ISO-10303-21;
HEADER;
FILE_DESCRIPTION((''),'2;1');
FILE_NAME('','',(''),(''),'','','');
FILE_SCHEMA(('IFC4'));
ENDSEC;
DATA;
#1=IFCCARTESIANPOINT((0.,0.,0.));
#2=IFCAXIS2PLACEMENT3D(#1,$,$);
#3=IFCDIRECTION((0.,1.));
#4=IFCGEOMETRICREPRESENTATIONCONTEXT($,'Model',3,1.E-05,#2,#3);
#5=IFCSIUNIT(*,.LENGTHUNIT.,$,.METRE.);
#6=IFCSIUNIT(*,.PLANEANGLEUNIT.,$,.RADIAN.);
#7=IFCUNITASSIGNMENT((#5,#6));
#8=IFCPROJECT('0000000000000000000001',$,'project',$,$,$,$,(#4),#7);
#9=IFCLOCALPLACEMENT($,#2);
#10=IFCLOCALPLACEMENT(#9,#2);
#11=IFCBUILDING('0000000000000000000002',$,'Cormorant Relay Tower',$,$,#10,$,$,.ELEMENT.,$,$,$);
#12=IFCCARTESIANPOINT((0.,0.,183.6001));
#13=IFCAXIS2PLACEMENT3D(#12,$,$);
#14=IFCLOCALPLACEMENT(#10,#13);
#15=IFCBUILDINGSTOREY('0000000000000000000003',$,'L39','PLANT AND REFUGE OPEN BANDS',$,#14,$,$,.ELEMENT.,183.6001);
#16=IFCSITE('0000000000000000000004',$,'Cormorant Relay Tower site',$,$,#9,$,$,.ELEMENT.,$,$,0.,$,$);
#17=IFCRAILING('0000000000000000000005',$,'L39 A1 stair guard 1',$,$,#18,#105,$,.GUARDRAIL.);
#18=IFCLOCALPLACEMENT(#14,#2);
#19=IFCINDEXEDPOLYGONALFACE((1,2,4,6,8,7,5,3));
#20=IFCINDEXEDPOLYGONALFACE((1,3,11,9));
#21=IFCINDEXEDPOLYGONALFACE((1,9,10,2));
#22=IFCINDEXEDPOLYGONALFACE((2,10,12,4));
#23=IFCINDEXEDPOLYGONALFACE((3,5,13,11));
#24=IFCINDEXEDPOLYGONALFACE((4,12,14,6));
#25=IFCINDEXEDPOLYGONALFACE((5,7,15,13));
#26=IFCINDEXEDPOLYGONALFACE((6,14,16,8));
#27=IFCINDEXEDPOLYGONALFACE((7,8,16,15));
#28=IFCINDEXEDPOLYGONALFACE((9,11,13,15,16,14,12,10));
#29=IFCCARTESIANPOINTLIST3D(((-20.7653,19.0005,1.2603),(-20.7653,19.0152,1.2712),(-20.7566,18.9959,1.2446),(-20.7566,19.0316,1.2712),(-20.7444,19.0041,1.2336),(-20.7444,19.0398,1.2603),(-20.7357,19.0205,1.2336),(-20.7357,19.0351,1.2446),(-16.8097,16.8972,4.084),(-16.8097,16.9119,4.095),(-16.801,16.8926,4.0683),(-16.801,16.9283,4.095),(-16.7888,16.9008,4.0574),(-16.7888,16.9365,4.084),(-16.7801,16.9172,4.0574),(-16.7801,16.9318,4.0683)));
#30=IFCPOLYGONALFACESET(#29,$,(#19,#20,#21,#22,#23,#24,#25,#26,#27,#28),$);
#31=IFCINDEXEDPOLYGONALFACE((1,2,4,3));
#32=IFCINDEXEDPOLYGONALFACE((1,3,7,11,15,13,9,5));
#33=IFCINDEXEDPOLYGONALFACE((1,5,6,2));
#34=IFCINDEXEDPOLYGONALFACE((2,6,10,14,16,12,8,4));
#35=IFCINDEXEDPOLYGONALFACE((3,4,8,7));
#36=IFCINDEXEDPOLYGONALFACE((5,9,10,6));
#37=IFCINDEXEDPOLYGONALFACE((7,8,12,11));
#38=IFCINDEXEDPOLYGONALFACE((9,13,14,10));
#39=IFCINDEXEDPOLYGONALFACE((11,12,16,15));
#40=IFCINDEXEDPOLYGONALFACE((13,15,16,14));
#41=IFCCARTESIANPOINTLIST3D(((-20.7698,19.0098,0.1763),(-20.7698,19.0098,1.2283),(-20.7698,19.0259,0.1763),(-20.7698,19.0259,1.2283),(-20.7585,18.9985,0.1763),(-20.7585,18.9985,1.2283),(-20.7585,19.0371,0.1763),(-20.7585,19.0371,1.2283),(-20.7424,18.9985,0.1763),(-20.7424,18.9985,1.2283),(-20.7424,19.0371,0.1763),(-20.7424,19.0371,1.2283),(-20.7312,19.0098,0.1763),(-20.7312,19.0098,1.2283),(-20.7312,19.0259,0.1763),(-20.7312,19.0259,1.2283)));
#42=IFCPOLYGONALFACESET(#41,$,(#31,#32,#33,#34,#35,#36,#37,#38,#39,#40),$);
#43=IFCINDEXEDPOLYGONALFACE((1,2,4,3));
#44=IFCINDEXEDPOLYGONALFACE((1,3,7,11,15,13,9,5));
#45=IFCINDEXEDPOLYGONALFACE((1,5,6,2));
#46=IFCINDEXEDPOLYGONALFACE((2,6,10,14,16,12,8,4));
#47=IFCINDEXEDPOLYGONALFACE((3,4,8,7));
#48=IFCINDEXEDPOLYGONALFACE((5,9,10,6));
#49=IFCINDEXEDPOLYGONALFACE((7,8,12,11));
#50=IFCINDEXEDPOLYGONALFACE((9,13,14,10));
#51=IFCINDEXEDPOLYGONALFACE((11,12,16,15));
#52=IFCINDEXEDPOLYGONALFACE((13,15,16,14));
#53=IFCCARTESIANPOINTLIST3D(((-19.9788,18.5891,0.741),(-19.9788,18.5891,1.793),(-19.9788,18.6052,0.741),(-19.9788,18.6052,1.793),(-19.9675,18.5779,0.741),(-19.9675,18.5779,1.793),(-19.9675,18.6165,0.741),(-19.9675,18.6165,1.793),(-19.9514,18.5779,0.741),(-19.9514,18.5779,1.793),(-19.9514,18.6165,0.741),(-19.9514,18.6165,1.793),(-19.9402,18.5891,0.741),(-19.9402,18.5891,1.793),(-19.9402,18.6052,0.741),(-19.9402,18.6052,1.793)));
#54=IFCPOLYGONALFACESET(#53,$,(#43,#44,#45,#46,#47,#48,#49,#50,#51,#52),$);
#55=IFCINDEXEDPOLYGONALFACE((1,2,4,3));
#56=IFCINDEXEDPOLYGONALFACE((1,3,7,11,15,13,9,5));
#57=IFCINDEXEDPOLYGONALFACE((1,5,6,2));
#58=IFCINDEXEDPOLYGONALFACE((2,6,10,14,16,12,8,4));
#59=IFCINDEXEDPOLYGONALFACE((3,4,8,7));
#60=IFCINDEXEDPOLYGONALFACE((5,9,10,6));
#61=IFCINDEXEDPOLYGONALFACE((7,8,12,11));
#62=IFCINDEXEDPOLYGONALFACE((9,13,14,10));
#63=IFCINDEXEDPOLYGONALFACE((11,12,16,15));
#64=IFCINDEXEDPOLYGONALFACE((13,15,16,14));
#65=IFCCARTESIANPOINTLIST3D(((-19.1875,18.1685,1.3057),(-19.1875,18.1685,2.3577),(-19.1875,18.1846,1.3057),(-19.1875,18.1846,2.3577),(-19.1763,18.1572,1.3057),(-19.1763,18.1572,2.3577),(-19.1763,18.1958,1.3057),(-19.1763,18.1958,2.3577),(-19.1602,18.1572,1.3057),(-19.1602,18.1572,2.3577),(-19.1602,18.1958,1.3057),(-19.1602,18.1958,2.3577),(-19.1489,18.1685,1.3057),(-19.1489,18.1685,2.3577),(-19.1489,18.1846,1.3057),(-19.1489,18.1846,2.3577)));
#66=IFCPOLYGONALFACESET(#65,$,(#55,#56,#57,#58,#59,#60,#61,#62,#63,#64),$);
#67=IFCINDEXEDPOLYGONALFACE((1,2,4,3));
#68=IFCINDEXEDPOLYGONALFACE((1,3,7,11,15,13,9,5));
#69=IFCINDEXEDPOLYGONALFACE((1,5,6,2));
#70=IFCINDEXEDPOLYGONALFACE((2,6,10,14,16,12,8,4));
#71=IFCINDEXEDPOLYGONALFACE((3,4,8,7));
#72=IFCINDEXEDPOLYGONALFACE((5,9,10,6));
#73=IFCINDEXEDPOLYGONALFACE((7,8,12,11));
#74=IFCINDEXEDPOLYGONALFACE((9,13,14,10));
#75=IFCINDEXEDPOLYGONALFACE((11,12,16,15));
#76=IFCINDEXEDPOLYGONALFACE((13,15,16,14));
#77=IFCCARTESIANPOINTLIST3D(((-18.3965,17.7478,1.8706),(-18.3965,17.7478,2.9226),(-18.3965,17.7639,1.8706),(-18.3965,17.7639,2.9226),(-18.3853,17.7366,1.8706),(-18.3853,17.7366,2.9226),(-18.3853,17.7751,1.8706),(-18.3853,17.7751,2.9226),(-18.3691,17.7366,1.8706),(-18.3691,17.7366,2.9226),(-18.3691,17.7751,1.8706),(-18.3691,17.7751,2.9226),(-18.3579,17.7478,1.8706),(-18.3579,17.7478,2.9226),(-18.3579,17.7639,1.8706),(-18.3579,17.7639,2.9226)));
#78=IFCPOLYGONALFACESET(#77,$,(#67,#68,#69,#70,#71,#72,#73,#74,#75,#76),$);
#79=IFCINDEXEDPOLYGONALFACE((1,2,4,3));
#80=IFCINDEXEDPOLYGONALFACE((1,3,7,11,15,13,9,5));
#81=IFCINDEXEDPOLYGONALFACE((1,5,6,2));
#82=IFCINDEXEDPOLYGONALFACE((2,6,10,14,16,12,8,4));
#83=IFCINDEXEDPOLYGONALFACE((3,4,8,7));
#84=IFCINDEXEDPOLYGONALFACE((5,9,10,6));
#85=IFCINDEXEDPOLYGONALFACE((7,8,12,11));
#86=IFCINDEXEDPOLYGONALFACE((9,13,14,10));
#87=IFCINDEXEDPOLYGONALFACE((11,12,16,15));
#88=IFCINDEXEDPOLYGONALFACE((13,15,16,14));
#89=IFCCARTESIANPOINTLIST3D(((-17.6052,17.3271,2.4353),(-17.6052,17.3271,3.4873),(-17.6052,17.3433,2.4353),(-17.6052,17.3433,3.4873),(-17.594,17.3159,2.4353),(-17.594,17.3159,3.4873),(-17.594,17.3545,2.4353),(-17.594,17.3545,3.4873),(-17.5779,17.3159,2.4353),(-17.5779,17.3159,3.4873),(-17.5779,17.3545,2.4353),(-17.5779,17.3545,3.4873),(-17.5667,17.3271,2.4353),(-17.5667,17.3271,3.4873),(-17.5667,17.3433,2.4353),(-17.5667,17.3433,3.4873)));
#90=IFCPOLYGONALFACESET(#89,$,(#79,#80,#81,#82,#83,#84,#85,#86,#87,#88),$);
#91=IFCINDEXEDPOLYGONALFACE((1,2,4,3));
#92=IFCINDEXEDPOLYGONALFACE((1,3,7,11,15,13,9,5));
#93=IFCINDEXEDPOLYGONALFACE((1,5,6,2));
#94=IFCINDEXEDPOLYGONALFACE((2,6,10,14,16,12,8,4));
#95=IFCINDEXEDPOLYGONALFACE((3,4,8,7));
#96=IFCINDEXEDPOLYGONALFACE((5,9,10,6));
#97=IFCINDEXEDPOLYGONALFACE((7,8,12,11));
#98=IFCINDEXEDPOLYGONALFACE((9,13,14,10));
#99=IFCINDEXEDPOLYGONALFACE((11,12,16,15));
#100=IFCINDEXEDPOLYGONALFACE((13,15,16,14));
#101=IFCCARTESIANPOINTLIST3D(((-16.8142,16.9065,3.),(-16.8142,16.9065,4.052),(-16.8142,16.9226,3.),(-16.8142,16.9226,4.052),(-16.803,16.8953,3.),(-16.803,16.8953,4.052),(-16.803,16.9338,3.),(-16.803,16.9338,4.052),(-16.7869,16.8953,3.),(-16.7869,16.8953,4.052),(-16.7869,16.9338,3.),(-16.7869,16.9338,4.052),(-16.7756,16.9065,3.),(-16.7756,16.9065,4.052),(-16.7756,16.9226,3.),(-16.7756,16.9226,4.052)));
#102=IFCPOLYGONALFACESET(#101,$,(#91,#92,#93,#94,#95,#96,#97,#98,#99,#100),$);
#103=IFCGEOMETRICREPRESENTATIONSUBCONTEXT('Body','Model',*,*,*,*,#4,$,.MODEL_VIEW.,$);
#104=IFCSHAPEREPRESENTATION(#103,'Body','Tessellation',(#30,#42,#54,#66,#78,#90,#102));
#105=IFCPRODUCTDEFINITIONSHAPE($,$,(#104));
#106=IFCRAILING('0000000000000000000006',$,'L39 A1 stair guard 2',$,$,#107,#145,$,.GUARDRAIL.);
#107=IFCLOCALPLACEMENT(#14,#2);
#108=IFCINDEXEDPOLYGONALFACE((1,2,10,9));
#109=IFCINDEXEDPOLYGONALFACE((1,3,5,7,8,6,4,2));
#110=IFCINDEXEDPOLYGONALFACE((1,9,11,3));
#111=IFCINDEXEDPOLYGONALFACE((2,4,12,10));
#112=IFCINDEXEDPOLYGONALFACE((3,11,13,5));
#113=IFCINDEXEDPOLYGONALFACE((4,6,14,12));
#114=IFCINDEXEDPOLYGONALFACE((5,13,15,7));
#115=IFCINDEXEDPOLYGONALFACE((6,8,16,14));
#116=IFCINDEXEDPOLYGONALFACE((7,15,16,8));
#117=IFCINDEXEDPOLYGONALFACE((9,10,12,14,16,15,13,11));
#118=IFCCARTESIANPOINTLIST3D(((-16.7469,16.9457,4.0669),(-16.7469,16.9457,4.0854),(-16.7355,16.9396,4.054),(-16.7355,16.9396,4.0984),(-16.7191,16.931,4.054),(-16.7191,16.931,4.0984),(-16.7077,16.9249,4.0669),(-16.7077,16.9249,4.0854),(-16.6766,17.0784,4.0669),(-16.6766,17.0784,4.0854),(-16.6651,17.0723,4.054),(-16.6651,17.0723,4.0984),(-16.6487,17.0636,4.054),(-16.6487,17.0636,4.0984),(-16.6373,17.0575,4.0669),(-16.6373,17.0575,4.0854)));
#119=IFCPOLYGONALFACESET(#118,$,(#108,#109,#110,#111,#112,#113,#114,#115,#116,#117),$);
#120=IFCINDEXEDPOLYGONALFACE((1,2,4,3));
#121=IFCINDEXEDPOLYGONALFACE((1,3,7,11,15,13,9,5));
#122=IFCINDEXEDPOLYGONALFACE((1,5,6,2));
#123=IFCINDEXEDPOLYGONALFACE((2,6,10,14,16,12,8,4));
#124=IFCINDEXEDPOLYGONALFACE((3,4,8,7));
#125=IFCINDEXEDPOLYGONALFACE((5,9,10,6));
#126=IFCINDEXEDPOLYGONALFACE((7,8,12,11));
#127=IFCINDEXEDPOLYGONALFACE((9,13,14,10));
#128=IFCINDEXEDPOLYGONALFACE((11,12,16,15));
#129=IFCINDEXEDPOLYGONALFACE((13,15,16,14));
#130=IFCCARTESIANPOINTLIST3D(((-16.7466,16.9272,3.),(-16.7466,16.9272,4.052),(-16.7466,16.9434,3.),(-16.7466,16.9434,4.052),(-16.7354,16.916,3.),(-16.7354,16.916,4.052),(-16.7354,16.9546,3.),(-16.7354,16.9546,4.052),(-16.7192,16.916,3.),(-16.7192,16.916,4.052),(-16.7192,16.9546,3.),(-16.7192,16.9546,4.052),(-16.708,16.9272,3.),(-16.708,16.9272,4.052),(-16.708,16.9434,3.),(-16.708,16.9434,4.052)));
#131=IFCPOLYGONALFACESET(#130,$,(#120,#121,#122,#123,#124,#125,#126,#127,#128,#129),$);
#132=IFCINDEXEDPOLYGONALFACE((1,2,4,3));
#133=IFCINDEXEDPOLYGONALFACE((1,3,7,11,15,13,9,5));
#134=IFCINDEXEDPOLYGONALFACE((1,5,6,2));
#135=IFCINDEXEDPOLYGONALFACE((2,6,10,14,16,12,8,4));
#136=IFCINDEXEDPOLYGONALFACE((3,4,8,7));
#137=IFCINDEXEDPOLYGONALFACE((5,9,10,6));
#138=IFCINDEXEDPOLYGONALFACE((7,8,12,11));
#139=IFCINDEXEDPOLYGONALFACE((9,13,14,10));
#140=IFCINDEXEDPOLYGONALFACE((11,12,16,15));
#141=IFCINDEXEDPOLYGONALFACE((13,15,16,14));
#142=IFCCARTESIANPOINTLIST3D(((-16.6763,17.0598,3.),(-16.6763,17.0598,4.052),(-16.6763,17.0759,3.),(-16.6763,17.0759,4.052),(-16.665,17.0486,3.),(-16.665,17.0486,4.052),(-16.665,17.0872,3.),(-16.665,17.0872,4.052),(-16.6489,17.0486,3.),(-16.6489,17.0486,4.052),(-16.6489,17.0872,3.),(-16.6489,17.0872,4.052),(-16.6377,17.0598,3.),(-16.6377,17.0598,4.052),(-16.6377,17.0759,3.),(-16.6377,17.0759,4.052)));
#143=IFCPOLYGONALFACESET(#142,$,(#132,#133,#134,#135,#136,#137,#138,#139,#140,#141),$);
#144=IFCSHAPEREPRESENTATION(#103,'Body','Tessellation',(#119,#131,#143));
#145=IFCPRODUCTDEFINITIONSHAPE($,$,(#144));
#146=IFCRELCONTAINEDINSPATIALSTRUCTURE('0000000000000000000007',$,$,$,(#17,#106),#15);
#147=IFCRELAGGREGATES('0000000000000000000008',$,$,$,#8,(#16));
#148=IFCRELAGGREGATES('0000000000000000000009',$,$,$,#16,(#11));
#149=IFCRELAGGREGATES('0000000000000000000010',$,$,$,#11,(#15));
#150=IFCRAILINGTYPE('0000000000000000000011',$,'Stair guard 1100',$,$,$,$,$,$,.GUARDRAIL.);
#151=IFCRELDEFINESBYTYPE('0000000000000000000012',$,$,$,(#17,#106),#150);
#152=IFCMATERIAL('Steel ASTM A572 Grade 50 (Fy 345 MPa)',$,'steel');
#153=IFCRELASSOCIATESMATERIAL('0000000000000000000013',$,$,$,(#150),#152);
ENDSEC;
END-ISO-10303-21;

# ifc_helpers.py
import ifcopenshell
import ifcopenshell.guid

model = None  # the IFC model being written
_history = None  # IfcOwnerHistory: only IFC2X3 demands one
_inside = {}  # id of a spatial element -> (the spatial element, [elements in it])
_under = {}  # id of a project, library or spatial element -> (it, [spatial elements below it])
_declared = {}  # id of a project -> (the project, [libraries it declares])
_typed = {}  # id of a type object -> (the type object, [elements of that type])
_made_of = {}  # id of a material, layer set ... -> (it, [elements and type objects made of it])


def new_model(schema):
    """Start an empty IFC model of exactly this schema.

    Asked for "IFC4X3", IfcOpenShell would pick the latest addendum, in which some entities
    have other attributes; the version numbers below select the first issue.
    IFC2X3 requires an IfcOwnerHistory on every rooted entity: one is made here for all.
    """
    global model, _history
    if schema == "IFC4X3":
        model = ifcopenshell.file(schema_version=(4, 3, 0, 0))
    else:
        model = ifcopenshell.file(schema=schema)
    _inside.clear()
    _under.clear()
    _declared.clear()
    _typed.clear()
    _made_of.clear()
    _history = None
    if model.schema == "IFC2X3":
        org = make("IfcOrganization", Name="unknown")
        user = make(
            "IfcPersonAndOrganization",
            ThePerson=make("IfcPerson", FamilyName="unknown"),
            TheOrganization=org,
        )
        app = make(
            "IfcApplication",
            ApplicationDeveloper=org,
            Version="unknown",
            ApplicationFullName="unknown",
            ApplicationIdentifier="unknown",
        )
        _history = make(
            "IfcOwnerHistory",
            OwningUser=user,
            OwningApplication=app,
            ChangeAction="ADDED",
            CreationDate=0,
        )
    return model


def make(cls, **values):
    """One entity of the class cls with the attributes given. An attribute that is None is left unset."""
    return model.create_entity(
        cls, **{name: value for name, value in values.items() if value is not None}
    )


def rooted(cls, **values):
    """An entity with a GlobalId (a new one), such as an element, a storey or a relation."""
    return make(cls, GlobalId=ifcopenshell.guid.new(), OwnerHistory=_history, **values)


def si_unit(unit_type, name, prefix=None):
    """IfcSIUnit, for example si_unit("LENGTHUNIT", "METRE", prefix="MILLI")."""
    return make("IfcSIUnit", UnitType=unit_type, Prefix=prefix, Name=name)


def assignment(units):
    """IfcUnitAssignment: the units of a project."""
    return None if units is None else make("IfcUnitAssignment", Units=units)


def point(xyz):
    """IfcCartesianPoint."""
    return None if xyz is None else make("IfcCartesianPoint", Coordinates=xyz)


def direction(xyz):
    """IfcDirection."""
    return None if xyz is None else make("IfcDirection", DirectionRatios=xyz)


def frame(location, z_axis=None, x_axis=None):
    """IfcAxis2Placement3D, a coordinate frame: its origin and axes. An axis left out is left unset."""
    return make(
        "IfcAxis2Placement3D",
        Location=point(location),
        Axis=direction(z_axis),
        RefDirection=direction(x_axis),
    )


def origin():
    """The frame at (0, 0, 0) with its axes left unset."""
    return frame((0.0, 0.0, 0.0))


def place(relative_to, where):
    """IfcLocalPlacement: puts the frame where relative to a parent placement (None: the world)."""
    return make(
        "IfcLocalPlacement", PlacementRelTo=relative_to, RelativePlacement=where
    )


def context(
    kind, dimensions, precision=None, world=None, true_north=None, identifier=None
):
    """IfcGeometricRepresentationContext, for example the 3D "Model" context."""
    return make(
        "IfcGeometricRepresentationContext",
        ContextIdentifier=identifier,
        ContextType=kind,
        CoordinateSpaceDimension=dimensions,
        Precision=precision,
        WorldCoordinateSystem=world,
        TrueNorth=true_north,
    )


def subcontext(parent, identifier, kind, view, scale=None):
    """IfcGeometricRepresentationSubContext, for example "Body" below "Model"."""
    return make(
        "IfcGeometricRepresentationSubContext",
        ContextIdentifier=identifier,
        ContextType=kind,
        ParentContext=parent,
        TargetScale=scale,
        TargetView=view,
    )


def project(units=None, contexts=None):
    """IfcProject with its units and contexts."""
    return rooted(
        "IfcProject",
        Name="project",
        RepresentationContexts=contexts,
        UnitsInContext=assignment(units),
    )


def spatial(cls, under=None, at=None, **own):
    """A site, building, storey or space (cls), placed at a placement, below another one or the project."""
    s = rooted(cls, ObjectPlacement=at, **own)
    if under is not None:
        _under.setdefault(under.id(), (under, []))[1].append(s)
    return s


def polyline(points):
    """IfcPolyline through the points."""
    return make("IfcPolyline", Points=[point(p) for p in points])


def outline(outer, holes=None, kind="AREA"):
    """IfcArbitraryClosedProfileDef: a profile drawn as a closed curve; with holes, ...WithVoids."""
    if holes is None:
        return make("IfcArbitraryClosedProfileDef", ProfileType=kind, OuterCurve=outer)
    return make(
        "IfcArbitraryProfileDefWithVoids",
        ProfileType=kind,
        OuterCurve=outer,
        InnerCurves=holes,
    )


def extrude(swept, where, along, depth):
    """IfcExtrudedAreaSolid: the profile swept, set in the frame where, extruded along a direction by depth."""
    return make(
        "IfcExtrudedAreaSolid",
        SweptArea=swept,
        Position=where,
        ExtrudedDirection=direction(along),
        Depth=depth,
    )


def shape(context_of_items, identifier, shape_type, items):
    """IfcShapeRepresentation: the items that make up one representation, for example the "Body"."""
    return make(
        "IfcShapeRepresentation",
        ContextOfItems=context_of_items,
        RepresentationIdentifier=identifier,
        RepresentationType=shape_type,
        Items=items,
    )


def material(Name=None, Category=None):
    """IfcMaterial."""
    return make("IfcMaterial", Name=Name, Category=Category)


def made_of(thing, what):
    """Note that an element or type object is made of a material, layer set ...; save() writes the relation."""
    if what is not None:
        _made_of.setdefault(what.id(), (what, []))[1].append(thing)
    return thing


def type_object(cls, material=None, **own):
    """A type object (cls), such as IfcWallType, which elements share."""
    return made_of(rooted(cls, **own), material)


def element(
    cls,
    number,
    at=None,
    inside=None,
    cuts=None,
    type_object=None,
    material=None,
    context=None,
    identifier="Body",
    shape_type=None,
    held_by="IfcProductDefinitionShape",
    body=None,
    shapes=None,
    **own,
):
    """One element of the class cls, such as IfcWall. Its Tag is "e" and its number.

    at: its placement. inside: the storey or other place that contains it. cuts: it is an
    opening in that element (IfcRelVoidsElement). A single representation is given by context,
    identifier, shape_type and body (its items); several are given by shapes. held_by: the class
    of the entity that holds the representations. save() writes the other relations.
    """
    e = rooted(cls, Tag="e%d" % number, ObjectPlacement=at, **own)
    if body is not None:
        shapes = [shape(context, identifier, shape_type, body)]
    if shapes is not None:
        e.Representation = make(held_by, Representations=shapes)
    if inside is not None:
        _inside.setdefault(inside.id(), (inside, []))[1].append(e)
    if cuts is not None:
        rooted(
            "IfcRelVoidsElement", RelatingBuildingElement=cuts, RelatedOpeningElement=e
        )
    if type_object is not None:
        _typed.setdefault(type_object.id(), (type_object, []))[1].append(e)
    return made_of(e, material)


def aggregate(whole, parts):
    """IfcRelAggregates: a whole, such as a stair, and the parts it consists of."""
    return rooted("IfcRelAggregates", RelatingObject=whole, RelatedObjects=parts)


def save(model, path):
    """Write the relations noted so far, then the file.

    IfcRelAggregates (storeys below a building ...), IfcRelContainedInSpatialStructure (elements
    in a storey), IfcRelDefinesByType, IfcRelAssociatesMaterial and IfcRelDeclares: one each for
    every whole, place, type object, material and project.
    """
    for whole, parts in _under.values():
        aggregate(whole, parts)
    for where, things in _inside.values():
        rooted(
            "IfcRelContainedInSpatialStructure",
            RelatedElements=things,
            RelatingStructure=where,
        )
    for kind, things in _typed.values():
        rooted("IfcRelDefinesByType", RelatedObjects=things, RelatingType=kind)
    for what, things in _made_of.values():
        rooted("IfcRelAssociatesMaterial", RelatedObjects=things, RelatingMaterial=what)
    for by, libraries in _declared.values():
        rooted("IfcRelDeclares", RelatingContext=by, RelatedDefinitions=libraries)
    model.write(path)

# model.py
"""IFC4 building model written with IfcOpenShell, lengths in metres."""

from ifc_helpers import new_model, si_unit, direction, frame, origin, place, context, subcontext, project, spatial, polyline, outline, extrude, material, type_object, element, save


model = new_model("IFC4")

# Units and contexts
model_context = context("Model", 3, precision=1e-05, world=origin(), true_north=direction((0.0, 1.0)))
body_context = subcontext(model_context, "Body", "Model", "MODEL_VIEW")
ifc_project = project(units=[si_unit("LENGTHUNIT", "METRE"), si_unit("PLANEANGLEUNIT", "RADIAN")], contexts=[model_context])

# Site, building, storey
site_placement = place(None, origin())
site = spatial("IfcSite", under=ifc_project, at=site_placement, Name="Cormorant Relay Tower site", CompositionType="ELEMENT", RefElevation=0.0)
building_placement = place(site_placement, origin())
building = spatial("IfcBuilding", under=site, at=building_placement, Name="Cormorant Relay Tower", CompositionType="ELEMENT")
storey_placement = place(building_placement, frame((0.0, 0.0, 183.6001)))
storey = spatial("IfcBuildingStorey", under=building, at=storey_placement, Name="L39", Description="PLANT AND REFUGE OPEN BANDS", CompositionType="ELEMENT", Elevation=183.6001)

# Railings
ifc_material_1 = material(Name="Steel ASTM A572 Grade 50 (Fy 345 MPa)", Category="steel")
railing_type_1 = type_object("IfcRailingType", Name="Stair guard 1100", PredefinedType="GUARDRAIL", material=ifc_material_1)
railing_1_placement = place(storey_placement, frame((-20.7505, 19.0178, 0.1763)))
element("IfcRailing", 1, at=railing_1_placement, inside=storey, type_object=railing_type_1, Name="L39 A1 stair guard 1", PredefinedType="GUARDRAIL", context=body_context, shape_type="SweptSolid", body=[
    extrude(outline(polyline([(0.0222, 0.0093), (0.0093, 0.0222), (-0.0093, 0.0222), (-0.0222, 0.0093), (-0.0222, -0.0093), (-0.0093, -0.0222), (0.0093, -0.0222), (0.0222, -0.0093), (0.0222, 0.0093)])), frame((0.0, 0.0, 1.0762), z_axis=(0.746949, -0.397171, 0.533219), x_axis=(0.469482, 0.882942, 0.0)), (0.0, 0.0, 1.0), 5.2957),
    extrude(outline(polyline([(0.0193, 0.0081), (0.0081, 0.0193), (-0.0081, 0.0193), (-0.0193, 0.0081), (-0.0193, -0.0081), (-0.0081, -0.0193), (0.0081, -0.0193), (0.0193, -0.0081), (0.0193, 0.0081)])), origin(), (0.0, 0.0, 1.0), 1.052),
    extrude(outline(polyline([(0.0193, 0.0081), (0.0081, 0.0193), (-0.0081, 0.0193), (-0.0193, 0.0081), (-0.0193, -0.0081), (-0.0081, -0.0193), (0.0081, -0.0193), (0.0193, -0.0081), (0.0193, 0.0081)])), frame((0.791, -0.4207, 0.5647)), (0.0, 0.0, 1.0), 1.052),
    extrude(outline(polyline([(0.0193, 0.0081), (0.0081, 0.0193), (-0.0081, 0.0193), (-0.0193, 0.0081), (-0.0193, -0.0081), (-0.0081, -0.0193), (0.0081, -0.0193), (0.0193, -0.0081), (0.0193, 0.0081)])), frame((1.5823, -0.8413, 1.1294)), (0.0, 0.0, 1.0), 1.052),
    extrude(outline(polyline([(0.0193, 0.0081), (0.0081, 0.0193), (-0.0081, 0.0193), (-0.0193, 0.0081), (-0.0193, -0.0081), (-0.0081, -0.0193), (0.0081, -0.0193), (0.0193, -0.0081), (0.0193, 0.0081)])), frame((2.3733, -1.262, 1.6943)), (0.0, 0.0, 1.0), 1.052),
    extrude(outline(polyline([(0.0193, 0.0081), (0.0081, 0.0193), (-0.0081, 0.0193), (-0.0193, 0.0081), (-0.0193, -0.0081), (-0.0081, -0.0193), (0.0081, -0.0193), (0.0193, -0.0081), (0.0193, 0.0081)])), frame((3.1646, -1.6826, 2.259)), (0.0, 0.0, 1.0), 1.052),
    extrude(outline(polyline([(0.0193, 0.0081), (0.0081, 0.0193), (-0.0081, 0.0193), (-0.0193, 0.0081), (-0.0193, -0.0081), (-0.0081, -0.0193), (0.0081, -0.0193), (0.0193, -0.0081), (0.0193, 0.0081)])), frame((3.9556, -2.1033, 2.8237)), (0.0, 0.0, 1.0), 1.052),
])
railing_2_placement = place(storey_placement, frame((-16.7273, 16.9353, 3.0)))
element("IfcRailing", 2, at=railing_2_placement, inside=storey, type_object=railing_type_1, Name="L39 A1 stair guard 2", PredefinedType="GUARDRAIL", context=body_context, shape_type="SweptSolid", body=[
    extrude(outline(polyline([(0.0222, 0.0093), (0.0093, 0.0222), (-0.0093, 0.0222), (-0.0222, 0.0093), (-0.0222, -0.0093), (-0.0093, -0.0222), (0.0093, -0.0222), (0.0222, -0.0093), (0.0222, 0.0093)])), frame((0.0, 0.0, 1.0762), z_axis=(0.46856, 0.883431, 0.0), x_axis=(-0.883431, 0.46856, 0.0)), (0.0, 0.0, 1.0), 0.1501),
    extrude(outline(polyline([(0.0193, 0.0081), (0.0081, 0.0193), (-0.0081, 0.0193), (-0.0193, 0.0081), (-0.0193, -0.0081), (-0.0081, -0.0193), (0.0081, -0.0193), (0.0193, -0.0081), (0.0193, 0.0081)])), origin(), (0.0, 0.0, 1.0), 1.052),
    extrude(outline(polyline([(0.0193, 0.0081), (0.0081, 0.0193), (-0.0081, 0.0193), (-0.0193, 0.0081), (-0.0193, -0.0081), (-0.0081, -0.0193), (0.0081, -0.0193), (0.0193, -0.0081), (0.0193, 0.0081)])), frame((0.0703, 0.1326, 0.0)), (0.0, 0.0, 1.0), 1.052),
])

save(model, "model.ifc")
